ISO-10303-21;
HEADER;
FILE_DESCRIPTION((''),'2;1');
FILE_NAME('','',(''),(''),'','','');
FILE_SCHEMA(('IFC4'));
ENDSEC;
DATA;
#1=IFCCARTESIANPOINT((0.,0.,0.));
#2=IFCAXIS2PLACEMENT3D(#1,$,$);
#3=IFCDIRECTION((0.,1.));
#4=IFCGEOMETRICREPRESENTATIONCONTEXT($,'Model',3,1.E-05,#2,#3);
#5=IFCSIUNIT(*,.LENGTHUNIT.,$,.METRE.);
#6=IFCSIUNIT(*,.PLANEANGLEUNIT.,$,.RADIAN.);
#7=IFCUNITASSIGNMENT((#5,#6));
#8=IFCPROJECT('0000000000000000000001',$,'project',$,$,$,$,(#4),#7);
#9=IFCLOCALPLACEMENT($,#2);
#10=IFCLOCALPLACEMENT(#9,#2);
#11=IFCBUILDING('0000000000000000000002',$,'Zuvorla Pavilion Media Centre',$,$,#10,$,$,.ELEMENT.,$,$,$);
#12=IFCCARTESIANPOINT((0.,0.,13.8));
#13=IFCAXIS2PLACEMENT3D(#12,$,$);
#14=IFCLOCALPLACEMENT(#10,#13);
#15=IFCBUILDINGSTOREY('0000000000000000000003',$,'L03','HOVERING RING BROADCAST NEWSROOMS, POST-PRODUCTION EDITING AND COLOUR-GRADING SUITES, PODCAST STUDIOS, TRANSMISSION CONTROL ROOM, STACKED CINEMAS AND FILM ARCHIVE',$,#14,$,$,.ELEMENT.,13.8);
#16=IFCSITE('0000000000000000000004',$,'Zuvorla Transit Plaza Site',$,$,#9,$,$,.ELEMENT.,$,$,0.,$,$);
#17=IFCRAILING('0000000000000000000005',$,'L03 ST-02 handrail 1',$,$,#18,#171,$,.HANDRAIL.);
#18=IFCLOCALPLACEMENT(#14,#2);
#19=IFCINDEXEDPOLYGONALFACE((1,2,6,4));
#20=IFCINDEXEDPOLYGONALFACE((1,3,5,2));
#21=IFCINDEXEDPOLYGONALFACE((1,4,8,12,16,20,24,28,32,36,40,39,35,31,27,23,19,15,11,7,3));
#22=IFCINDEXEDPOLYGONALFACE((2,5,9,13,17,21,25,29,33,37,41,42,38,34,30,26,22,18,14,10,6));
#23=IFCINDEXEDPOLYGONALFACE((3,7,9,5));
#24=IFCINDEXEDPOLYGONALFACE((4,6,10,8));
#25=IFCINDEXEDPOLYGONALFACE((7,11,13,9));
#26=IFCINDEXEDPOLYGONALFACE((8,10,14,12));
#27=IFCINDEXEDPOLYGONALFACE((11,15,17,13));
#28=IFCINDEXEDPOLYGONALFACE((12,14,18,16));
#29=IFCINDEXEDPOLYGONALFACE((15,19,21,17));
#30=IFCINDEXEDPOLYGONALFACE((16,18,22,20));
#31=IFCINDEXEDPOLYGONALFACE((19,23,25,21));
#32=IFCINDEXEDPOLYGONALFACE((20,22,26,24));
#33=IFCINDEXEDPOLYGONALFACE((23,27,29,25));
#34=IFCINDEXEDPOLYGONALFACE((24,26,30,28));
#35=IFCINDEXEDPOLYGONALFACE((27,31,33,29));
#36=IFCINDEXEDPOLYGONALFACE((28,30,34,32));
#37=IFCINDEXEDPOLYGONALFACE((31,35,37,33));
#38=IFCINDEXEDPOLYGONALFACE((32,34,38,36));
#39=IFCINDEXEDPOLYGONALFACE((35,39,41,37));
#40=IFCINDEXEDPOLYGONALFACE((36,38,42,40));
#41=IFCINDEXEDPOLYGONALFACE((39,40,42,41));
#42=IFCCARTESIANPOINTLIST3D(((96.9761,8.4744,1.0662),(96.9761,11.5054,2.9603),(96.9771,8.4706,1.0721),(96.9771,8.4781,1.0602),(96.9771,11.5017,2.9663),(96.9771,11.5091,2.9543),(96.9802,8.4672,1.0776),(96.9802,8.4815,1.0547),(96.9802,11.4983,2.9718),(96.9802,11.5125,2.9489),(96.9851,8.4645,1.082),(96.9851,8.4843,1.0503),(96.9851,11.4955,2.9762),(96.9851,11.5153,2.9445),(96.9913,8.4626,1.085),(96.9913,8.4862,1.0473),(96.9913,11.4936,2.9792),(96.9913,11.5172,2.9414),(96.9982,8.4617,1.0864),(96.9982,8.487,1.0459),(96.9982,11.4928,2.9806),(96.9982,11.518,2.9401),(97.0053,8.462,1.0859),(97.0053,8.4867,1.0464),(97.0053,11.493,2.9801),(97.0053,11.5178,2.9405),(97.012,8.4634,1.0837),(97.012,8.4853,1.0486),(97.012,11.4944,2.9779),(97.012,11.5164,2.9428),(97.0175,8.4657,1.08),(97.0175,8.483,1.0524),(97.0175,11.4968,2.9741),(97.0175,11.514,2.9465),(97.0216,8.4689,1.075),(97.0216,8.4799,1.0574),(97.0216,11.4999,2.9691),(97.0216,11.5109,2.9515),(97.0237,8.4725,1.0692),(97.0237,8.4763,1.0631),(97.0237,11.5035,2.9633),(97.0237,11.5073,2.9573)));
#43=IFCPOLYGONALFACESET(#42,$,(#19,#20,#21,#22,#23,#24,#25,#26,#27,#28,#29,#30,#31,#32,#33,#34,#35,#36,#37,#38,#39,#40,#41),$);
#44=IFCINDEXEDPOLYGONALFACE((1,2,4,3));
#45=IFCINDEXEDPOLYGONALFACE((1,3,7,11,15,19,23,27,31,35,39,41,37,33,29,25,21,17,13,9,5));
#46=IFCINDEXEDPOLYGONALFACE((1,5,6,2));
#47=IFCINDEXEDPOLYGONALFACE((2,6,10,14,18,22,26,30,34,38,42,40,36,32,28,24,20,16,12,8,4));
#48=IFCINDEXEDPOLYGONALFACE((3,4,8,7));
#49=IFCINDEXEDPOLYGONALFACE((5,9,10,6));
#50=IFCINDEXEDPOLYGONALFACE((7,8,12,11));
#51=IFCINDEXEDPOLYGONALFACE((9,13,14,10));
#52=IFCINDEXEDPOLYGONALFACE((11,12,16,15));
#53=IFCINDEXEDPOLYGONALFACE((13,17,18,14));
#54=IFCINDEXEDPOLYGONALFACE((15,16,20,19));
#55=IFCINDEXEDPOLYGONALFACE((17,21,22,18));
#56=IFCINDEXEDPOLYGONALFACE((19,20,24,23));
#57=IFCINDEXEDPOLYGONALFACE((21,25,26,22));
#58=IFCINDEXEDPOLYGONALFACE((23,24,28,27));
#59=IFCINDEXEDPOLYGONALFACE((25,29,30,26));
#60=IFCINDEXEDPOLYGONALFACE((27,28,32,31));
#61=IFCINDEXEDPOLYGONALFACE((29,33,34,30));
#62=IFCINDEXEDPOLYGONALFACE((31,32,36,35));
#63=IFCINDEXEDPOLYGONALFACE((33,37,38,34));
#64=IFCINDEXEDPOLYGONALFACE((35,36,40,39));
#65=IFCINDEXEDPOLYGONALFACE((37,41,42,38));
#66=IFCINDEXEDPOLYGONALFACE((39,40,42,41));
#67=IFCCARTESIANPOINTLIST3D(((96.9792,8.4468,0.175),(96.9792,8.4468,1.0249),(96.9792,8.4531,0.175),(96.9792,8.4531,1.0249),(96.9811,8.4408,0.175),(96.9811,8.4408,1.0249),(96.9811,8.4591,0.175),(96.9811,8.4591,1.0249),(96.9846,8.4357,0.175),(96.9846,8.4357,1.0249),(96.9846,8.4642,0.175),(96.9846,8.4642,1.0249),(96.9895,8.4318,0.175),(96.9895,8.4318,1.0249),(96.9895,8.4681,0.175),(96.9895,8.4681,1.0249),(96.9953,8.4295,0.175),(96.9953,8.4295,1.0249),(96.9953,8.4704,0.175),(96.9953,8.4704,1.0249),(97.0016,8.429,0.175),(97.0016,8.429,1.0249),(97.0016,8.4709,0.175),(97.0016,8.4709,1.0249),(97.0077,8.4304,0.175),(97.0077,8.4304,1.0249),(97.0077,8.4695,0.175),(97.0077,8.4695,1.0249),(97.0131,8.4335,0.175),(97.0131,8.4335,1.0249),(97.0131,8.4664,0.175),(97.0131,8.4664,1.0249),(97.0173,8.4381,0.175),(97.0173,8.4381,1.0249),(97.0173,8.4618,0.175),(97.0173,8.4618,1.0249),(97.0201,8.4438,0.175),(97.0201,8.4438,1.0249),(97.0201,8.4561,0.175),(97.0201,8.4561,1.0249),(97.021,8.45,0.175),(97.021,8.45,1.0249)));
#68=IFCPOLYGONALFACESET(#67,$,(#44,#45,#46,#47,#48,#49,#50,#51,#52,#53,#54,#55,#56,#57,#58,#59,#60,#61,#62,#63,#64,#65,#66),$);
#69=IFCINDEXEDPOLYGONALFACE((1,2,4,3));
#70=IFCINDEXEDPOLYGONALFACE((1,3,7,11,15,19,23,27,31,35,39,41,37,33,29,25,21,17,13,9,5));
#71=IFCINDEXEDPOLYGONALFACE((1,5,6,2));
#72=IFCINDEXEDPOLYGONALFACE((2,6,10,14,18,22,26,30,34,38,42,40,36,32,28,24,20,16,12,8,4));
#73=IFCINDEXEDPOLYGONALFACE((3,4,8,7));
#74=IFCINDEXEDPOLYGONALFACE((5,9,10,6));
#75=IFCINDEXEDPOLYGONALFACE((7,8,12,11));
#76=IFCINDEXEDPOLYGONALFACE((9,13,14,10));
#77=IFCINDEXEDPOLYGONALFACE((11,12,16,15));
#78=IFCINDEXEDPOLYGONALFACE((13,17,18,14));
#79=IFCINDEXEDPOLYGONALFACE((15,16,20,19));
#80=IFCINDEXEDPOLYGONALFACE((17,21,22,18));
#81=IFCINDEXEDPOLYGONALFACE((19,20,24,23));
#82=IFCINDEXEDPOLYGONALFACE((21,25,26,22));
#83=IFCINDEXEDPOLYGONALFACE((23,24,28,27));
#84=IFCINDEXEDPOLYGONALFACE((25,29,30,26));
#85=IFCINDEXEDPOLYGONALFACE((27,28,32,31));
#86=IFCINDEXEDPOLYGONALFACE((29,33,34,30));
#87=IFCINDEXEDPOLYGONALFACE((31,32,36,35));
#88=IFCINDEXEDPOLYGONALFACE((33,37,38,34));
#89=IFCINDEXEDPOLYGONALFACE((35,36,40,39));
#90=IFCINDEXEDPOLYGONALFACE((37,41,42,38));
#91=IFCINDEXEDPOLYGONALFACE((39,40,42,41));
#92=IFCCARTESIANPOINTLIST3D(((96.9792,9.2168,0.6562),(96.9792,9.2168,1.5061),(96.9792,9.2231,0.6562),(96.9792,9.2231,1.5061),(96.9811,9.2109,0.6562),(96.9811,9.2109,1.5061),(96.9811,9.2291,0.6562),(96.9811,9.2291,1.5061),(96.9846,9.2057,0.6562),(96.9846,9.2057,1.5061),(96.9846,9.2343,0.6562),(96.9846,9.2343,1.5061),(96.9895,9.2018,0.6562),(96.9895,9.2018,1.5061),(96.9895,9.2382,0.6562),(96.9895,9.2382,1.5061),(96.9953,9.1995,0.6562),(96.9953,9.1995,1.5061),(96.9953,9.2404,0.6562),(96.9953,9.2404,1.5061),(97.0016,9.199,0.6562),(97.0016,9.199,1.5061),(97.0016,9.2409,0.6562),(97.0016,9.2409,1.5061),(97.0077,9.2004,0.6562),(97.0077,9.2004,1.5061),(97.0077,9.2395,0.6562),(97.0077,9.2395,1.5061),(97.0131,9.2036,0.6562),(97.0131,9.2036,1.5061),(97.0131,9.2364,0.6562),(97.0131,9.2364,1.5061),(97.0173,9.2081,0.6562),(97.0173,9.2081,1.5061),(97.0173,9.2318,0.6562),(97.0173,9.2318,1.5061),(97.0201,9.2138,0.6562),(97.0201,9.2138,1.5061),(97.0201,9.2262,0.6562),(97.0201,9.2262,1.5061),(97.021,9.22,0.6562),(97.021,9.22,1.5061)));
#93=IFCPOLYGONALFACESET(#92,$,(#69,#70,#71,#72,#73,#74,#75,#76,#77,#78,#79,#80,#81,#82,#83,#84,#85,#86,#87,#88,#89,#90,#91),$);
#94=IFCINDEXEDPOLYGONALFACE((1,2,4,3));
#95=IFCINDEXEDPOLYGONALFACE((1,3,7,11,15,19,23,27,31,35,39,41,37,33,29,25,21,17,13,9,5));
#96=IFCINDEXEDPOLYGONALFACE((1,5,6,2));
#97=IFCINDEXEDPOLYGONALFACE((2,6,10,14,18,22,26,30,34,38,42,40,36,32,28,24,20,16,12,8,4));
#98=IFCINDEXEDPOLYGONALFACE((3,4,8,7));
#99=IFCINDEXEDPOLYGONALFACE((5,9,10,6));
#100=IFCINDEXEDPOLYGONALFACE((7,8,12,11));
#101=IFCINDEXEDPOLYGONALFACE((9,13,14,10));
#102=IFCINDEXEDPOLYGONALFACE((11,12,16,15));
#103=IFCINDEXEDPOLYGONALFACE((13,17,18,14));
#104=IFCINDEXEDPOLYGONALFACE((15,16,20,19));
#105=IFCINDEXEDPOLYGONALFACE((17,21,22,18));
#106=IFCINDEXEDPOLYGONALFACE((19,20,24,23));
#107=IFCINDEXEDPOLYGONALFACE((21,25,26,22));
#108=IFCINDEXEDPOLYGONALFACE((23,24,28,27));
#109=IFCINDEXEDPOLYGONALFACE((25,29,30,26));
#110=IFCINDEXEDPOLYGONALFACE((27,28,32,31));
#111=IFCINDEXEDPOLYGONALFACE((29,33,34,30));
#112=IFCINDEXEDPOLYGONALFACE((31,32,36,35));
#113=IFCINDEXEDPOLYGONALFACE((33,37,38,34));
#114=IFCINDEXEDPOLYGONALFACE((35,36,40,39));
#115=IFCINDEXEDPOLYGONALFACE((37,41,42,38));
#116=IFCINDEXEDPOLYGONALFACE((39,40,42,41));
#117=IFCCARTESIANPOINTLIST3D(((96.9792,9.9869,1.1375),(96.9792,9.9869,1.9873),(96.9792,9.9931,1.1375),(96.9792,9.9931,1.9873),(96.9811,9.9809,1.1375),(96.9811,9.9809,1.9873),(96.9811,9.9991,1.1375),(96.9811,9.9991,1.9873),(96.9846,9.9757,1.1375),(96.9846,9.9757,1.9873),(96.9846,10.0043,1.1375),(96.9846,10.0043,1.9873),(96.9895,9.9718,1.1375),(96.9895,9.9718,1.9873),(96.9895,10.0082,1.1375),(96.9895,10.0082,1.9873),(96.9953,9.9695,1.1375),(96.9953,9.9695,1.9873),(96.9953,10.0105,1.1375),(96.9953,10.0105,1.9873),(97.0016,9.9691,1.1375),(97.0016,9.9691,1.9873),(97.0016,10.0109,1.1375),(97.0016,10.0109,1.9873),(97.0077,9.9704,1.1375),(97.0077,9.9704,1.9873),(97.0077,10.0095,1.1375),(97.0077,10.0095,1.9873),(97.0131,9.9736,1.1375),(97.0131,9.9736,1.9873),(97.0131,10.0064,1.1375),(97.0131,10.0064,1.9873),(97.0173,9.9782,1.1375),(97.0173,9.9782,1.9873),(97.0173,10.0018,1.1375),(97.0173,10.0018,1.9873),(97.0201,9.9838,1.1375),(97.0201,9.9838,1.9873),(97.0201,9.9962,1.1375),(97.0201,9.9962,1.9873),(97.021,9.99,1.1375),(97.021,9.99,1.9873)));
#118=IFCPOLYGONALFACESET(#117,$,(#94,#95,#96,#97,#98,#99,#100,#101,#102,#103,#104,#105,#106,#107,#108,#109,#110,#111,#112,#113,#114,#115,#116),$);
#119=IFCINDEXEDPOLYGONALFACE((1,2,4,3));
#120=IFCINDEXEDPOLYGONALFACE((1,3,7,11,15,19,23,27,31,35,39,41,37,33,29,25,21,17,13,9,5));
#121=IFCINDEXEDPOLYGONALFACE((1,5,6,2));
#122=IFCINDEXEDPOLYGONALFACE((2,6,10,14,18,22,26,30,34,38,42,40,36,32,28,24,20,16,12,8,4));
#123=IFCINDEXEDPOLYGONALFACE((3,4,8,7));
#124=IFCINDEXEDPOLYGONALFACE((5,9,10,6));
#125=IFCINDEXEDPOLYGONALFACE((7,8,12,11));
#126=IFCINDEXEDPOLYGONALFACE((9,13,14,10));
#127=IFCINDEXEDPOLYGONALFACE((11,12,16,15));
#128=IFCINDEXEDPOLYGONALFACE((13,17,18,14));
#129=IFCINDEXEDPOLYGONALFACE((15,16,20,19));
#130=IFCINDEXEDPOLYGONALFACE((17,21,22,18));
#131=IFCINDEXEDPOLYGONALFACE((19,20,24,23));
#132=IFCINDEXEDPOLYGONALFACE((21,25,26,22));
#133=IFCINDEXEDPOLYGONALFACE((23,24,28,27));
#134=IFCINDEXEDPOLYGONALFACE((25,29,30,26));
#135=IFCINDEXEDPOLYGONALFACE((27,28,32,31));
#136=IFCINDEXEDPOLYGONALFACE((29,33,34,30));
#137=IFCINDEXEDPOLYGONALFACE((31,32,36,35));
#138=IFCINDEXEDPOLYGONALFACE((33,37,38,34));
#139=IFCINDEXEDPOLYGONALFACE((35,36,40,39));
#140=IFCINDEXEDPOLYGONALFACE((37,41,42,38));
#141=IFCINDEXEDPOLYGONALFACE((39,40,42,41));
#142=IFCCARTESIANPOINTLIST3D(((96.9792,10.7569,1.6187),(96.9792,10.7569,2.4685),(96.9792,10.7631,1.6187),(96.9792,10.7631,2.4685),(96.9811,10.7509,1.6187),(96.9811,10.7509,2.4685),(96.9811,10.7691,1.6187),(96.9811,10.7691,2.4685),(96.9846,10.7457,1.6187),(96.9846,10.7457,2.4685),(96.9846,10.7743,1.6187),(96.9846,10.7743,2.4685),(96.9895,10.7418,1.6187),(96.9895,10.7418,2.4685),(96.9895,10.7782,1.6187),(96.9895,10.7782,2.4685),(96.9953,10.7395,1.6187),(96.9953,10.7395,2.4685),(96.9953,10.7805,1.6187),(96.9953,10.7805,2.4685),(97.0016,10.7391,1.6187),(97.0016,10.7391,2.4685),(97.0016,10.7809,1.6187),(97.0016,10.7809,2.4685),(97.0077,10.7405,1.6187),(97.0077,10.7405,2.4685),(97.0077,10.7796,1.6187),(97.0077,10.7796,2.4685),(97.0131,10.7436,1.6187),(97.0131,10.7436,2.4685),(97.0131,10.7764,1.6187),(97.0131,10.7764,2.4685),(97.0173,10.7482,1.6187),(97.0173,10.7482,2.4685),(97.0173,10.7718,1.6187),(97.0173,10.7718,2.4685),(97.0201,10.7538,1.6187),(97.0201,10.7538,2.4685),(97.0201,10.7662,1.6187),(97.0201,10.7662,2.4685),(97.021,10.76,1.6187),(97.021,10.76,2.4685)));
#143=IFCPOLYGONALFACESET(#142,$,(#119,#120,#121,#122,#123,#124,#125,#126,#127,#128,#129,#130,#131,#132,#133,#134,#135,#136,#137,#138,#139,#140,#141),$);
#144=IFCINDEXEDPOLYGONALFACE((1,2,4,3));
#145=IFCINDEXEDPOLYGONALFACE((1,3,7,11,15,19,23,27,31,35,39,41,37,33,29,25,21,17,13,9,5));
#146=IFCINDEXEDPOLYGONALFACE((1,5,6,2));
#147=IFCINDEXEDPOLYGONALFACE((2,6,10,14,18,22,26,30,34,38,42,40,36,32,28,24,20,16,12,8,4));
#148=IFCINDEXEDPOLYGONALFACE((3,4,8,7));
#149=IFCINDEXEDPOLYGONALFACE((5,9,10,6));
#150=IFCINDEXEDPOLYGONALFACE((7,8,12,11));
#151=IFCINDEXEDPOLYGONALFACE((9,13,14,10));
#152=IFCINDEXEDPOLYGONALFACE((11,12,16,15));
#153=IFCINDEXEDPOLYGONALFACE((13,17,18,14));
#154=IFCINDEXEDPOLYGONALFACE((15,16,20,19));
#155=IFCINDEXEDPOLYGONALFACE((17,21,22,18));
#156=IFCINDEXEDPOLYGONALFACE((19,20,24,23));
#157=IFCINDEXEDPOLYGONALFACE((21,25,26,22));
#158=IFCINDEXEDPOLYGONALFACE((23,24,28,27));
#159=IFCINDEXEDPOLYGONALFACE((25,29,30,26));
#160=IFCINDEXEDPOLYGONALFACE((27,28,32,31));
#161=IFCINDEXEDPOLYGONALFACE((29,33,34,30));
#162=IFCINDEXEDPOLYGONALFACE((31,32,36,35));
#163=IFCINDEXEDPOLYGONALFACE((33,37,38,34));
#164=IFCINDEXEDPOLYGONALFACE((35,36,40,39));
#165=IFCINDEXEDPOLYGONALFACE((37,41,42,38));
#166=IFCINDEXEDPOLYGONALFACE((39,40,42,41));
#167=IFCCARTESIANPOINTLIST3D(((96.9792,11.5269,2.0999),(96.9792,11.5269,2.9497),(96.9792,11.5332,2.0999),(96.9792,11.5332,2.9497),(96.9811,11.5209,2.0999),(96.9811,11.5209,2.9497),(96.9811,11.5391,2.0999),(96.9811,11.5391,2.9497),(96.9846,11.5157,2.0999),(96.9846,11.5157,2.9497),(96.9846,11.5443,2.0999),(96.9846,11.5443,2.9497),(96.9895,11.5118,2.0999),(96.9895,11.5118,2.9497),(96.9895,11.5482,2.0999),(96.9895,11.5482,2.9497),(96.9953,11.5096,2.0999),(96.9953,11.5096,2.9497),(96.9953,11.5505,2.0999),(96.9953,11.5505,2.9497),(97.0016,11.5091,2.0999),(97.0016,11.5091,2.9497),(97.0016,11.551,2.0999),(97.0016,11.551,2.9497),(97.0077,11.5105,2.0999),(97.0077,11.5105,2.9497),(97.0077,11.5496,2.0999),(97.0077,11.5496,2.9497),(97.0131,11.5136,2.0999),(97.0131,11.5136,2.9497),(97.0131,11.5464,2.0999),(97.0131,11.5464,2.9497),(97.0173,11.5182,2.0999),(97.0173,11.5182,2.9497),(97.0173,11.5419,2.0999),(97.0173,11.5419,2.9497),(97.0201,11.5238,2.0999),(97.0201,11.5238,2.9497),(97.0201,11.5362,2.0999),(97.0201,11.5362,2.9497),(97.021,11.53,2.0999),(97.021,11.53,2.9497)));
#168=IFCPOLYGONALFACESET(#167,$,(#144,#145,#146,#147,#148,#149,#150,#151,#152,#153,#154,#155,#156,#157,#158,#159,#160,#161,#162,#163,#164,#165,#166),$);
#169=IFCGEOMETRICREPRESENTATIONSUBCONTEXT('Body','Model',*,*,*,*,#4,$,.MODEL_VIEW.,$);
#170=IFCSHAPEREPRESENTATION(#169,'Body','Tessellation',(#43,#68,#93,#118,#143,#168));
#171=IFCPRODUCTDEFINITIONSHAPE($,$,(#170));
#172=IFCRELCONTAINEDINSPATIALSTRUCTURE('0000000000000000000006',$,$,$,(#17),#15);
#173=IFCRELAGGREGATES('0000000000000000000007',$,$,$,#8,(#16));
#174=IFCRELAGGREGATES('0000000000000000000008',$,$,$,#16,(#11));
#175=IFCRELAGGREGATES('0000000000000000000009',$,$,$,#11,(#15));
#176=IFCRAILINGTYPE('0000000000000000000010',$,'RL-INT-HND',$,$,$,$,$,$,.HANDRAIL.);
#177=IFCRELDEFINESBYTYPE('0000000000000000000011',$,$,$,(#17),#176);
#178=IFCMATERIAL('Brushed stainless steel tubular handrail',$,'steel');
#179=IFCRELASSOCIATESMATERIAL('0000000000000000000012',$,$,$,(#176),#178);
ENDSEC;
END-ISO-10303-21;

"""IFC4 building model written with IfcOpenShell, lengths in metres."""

from ifc_helpers import new_model, si_unit, direction, frame, origin, origin_2d, place, context, subcontext, project, spatial, circle, extrude, material, type_object, element, save


model = new_model("IFC4")

# Units and contexts
model_context = context("Model", 3, precision=1e-05, world=origin(), true_north=direction((0.0, 1.0)))
body_context = subcontext(model_context, "Body", "Model", "MODEL_VIEW")
ifc_project = project(units=[si_unit("LENGTHUNIT", "METRE"), si_unit("PLANEANGLEUNIT", "RADIAN")], contexts=[model_context])

# Site, building, storey
site_placement = place(None, origin())
site = spatial("IfcSite", under=ifc_project, at=site_placement, Name="Zuvorla Transit Plaza Site", CompositionType="ELEMENT", RefElevation=0.0)
building_placement = place(site_placement, origin())
building = spatial("IfcBuilding", under=site, at=building_placement, Name="Zuvorla Pavilion Media Centre", CompositionType="ELEMENT")
storey_placement = place(building_placement, frame((0.0, 0.0, 13.8)))
storey = spatial("IfcBuildingStorey", under=building, at=storey_placement, Name="L03", Description="HOVERING RING BROADCAST NEWSROOMS, POST-PRODUCTION EDITING AND COLOUR-GRADING SUITES, PODCAST STUDIOS, TRANSMISSION CONTROL ROOM, STACKED CINEMAS AND FILM ARCHIVE", CompositionType="ELEMENT", Elevation=13.8)

# Railing
ifc_material_1 = material(Name="Brushed stainless steel tubular handrail", Category="steel")
railing_type_1 = type_object("IfcRailingType", Name="RL-INT-HND", PredefinedType="HANDRAIL", material=ifc_material_1)
railing_1_placement = place(storey_placement, frame((97.0, 8.45, 0.175)))
element("IfcRailing", 1, at=railing_1_placement, inside=storey, type_object=railing_type_1, Name="L03 ST-02 handrail 1", PredefinedType="HANDRAIL", context=body_context, shape_type="SweptSolid", body=[
    extrude(circle(Radius=0.0239, at=origin_2d()), frame((0.0, 0.0244, 0.8911), z_axis=(0.0, 0.848029, 0.529951), x_axis=(-1.0, 0.0, 0.0)), (0.0, 0.0, 1.0), 3.5742),
    extrude(circle(Radius=0.021, at=origin_2d()), origin(), (0.0, 0.0, 1.0), 0.8499),
    extrude(circle(Radius=0.021, at=origin_2d()), frame((0.0, 0.77, 0.4812)), (0.0, 0.0, 1.0), 0.8499),
    extrude(circle(Radius=0.021, at=origin_2d()), frame((0.0, 1.54, 0.9624)), (0.0, 0.0, 1.0), 0.8499),
    extrude(circle(Radius=0.021, at=origin_2d()), frame((0.0, 2.3101, 1.4436)), (0.0, 0.0, 1.0), 0.8499),
    extrude(circle(Radius=0.021, at=origin_2d()), frame((0.0, 3.0801, 1.9248)), (0.0, 0.0, 1.0), 0.8499),
])

save(model, "model.ifc")
